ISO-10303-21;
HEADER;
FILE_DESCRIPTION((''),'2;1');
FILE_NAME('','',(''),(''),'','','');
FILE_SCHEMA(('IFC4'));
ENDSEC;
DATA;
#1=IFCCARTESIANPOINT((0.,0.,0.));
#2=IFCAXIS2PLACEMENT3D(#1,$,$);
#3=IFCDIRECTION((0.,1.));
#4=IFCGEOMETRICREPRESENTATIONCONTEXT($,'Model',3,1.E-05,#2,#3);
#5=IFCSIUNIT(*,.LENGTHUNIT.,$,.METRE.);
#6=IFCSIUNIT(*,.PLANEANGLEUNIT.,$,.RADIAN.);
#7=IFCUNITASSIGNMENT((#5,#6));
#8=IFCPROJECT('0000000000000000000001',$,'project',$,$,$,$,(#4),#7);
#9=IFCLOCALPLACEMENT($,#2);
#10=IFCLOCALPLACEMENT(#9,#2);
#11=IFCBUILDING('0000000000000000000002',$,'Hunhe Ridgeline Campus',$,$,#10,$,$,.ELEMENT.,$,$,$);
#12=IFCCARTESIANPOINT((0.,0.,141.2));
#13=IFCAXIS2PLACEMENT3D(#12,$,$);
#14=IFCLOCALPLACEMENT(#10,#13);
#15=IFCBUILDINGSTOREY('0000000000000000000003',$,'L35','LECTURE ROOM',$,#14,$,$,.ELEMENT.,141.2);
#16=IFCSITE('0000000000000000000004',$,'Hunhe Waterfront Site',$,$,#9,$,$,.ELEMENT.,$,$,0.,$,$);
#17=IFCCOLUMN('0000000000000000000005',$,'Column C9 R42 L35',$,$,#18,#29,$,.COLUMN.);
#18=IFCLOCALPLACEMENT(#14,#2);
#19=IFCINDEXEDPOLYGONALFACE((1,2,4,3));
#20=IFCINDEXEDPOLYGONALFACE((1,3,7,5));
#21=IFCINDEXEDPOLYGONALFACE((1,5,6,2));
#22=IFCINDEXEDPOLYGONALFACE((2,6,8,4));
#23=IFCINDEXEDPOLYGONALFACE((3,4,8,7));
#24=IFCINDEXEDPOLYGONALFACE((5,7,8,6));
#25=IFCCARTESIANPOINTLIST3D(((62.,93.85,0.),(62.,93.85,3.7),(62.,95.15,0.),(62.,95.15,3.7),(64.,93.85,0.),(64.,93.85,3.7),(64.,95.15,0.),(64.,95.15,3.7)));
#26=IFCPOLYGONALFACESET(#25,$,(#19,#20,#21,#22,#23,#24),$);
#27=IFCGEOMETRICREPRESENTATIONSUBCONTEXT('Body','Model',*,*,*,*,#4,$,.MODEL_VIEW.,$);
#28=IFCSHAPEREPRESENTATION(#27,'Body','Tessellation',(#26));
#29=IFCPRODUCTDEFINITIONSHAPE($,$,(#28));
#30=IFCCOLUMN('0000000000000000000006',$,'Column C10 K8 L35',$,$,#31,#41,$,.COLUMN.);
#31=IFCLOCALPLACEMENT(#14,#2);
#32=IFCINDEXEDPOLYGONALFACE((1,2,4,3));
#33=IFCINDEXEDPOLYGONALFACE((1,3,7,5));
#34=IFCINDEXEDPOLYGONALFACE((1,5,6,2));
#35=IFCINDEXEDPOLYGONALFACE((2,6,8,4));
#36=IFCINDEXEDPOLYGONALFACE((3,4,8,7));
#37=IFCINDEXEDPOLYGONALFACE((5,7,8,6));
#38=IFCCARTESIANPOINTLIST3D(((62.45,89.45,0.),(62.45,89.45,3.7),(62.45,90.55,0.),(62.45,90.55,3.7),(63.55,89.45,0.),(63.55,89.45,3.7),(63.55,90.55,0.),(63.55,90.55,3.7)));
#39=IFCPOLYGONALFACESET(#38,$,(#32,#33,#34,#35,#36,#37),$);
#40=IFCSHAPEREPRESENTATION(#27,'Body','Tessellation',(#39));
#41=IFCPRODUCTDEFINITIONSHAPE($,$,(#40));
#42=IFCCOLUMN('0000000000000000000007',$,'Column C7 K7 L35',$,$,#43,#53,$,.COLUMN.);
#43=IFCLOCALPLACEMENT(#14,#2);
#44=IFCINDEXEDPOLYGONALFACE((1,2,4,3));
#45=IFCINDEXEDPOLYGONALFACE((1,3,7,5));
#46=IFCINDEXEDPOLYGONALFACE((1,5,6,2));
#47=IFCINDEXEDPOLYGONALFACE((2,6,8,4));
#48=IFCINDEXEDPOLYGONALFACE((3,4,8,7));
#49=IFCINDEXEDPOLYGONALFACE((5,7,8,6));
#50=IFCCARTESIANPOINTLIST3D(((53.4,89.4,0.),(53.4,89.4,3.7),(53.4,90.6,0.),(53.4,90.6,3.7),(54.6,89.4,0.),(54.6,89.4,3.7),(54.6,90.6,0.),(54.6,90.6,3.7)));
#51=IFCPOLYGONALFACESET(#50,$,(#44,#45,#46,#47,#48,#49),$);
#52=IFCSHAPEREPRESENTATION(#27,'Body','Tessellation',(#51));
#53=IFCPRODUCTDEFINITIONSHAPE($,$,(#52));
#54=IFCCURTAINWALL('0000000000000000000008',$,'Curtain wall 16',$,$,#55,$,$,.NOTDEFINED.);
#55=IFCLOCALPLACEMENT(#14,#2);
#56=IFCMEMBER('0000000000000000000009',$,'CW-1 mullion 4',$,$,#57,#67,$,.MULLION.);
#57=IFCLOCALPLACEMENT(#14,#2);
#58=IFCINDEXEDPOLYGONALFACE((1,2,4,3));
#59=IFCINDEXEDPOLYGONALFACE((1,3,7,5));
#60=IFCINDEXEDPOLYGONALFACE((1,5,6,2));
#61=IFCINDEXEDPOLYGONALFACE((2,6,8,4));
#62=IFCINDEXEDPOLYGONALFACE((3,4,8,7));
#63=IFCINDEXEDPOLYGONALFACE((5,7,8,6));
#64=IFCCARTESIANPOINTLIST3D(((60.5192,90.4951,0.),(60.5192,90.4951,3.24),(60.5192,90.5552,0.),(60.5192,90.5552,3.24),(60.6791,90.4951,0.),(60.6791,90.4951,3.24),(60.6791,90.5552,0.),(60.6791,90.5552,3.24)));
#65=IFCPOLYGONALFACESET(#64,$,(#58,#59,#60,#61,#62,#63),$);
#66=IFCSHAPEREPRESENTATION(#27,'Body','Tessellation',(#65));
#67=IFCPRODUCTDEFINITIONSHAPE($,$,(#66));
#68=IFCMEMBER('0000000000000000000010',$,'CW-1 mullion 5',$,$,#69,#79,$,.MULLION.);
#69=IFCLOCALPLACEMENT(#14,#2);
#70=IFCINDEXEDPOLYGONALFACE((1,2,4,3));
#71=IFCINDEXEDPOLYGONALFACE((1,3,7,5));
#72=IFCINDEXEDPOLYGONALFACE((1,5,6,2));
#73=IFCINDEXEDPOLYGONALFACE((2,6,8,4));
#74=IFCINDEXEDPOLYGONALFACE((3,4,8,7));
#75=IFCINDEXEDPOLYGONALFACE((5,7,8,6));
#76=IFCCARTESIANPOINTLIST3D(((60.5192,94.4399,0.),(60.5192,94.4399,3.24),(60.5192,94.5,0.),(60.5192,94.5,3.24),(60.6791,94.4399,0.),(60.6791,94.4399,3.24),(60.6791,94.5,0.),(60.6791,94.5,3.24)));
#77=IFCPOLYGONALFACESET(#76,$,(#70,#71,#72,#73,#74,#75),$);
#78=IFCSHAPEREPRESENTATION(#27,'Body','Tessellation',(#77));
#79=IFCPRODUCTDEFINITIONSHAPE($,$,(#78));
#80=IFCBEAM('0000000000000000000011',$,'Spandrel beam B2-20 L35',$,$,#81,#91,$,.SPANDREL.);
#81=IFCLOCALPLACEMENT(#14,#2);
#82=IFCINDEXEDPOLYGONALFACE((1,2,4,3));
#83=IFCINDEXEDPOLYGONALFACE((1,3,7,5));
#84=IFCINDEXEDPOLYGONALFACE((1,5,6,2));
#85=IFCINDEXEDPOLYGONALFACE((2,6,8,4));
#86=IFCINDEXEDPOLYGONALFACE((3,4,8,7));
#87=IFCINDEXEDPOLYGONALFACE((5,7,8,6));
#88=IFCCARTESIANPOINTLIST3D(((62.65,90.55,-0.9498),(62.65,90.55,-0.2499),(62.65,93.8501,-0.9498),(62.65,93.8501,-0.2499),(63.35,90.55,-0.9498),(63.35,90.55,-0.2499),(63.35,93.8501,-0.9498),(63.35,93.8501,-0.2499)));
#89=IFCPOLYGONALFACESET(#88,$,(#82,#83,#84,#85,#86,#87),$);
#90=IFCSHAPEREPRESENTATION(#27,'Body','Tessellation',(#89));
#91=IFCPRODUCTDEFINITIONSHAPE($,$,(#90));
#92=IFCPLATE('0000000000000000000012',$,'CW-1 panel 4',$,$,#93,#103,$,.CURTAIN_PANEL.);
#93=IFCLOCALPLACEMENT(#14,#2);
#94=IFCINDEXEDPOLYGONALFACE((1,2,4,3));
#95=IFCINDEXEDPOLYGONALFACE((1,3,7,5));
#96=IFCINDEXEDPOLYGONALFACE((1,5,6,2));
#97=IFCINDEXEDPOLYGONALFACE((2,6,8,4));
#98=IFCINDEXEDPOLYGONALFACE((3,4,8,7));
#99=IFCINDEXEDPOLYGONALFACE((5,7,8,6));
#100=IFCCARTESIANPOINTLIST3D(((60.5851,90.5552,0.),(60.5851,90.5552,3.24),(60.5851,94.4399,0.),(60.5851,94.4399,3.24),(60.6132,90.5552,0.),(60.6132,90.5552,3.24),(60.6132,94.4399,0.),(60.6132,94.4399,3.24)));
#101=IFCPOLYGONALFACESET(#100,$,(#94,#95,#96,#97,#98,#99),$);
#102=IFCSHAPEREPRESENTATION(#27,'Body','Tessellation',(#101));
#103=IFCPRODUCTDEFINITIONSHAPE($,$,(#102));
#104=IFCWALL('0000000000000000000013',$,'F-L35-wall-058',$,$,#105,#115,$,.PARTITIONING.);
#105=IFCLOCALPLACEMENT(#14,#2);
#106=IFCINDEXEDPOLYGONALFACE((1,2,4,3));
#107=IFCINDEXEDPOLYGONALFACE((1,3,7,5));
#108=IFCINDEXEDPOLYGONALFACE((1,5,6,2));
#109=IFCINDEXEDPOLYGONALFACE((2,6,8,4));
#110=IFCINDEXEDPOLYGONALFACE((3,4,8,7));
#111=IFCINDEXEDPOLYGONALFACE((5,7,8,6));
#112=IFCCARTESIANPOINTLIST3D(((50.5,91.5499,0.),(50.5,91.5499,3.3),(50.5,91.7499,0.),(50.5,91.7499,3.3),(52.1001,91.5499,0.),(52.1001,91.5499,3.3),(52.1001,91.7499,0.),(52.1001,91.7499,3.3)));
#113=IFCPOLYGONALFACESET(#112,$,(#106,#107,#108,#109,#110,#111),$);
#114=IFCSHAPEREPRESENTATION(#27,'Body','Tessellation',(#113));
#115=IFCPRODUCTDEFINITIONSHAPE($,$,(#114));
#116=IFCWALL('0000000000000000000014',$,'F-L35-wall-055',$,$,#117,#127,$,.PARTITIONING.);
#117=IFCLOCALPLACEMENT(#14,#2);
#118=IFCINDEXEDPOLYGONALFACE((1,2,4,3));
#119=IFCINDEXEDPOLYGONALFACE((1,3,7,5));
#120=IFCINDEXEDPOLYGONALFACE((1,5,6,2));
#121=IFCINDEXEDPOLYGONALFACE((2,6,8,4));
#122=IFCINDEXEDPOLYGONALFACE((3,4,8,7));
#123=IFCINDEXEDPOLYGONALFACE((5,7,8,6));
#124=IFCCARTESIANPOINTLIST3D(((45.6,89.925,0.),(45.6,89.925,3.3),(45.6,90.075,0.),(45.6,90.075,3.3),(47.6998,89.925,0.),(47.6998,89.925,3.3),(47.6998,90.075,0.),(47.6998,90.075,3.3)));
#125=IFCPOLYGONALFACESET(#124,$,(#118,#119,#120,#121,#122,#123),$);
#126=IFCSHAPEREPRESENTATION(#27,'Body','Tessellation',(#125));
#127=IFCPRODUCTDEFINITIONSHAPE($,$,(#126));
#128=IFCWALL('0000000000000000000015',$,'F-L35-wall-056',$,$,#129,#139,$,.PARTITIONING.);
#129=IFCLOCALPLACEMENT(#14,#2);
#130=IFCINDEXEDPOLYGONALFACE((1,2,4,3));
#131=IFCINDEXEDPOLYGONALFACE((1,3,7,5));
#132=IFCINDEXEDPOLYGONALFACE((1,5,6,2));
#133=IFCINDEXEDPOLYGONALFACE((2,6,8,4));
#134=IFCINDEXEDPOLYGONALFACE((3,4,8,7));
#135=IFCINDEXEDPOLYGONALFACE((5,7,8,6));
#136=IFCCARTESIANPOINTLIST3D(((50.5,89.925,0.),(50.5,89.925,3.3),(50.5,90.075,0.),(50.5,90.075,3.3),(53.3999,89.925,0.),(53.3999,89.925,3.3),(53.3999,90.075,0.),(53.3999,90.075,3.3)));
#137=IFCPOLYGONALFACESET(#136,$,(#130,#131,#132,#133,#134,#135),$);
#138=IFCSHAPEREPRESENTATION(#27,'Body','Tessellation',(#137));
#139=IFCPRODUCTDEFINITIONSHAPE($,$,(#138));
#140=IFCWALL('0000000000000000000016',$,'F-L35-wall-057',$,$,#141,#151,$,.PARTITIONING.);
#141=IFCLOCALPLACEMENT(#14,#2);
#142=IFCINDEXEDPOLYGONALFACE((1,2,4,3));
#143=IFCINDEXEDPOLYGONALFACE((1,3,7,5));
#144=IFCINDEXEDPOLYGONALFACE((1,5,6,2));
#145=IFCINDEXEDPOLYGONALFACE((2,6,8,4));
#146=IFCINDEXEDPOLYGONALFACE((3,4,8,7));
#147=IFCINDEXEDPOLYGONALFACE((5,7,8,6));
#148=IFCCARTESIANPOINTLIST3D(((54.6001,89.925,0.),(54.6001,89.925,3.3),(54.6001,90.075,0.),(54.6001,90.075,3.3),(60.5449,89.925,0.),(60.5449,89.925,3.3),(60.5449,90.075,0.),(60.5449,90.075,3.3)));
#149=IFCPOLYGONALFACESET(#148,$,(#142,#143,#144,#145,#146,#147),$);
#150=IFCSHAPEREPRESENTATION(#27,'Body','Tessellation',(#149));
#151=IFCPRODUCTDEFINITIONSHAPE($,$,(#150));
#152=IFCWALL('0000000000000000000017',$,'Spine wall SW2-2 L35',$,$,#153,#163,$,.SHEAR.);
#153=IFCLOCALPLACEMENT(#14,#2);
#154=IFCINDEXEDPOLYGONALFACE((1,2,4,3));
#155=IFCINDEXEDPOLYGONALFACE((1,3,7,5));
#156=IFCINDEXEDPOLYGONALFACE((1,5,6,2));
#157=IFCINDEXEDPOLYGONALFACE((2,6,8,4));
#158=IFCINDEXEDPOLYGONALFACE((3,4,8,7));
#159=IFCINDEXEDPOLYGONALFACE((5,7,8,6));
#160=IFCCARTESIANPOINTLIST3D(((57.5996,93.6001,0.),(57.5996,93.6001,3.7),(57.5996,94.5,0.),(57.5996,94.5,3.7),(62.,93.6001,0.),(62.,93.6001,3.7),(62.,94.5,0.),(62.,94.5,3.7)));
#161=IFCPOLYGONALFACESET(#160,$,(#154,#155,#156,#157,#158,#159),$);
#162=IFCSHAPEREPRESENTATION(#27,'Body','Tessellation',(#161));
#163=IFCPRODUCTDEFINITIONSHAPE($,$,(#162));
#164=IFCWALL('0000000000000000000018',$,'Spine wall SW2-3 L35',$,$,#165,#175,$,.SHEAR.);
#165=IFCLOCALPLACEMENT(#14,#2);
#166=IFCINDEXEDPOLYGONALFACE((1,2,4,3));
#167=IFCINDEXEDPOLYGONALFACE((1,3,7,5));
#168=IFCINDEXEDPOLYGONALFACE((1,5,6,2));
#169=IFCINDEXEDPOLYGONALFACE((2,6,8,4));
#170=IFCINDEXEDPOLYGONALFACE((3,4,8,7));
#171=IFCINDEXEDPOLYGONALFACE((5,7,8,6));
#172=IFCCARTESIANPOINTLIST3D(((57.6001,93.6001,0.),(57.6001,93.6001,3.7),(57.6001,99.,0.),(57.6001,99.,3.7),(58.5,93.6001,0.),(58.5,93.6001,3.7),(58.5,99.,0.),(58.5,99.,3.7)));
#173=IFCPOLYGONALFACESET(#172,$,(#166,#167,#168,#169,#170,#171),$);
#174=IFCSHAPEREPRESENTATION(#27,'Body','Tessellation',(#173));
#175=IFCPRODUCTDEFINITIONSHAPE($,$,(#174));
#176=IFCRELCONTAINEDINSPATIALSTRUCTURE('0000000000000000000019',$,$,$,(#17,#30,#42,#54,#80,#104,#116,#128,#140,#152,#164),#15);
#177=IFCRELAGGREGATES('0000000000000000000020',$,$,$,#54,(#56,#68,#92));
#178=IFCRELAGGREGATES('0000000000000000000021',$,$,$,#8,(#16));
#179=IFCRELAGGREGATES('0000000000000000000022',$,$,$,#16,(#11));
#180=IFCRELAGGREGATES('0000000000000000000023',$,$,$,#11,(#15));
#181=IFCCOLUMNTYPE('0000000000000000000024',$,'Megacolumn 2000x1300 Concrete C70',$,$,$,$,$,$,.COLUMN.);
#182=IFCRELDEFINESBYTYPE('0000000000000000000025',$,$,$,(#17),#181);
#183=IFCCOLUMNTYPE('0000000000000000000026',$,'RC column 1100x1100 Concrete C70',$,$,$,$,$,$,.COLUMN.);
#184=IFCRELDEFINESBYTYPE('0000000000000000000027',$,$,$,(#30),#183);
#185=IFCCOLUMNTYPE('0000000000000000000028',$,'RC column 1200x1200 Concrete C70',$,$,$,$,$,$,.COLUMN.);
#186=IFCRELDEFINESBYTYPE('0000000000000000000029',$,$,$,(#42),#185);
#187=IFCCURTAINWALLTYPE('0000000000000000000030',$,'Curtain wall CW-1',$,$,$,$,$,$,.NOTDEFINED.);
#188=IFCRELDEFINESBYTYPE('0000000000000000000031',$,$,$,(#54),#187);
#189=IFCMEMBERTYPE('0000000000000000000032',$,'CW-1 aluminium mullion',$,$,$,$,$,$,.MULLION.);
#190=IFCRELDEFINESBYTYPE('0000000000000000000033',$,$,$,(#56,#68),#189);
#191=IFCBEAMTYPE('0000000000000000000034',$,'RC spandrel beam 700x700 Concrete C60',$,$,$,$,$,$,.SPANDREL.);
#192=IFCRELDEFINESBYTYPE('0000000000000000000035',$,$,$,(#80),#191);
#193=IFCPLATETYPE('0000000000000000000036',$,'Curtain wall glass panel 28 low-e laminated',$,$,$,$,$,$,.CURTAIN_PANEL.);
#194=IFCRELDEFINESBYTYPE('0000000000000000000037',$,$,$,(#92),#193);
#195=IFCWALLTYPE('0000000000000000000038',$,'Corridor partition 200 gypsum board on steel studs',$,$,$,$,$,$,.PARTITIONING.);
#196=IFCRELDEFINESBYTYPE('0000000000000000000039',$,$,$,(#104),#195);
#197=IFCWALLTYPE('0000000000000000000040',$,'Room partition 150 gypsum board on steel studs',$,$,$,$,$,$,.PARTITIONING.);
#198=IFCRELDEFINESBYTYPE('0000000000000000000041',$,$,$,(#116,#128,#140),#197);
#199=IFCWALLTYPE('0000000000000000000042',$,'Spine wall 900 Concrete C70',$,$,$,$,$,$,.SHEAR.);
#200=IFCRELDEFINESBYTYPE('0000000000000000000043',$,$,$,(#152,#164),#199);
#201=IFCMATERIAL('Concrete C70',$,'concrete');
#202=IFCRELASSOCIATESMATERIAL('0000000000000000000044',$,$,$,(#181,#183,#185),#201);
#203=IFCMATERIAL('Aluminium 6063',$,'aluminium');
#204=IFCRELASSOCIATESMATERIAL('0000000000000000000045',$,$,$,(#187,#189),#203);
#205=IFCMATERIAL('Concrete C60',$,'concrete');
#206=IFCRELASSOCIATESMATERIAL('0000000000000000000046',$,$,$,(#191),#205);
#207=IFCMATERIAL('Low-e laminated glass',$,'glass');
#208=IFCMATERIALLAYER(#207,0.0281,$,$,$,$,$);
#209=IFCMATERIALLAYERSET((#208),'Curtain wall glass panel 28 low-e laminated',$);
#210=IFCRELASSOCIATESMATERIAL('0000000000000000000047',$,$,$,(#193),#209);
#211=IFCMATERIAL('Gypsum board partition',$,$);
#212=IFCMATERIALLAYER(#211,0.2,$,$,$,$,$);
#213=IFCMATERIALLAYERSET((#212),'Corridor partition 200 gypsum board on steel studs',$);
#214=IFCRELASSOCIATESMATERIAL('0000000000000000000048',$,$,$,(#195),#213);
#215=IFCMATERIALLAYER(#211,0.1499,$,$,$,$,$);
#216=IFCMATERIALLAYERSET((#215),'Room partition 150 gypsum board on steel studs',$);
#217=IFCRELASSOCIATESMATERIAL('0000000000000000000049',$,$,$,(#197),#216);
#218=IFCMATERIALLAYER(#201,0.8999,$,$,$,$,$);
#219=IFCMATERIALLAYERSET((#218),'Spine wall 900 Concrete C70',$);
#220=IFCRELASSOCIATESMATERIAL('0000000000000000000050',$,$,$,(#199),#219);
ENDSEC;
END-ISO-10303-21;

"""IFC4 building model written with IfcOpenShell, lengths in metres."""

from ifc_helpers import new_model, si_unit, direction, frame, frame_2d, origin, origin_2d, place, context, subcontext, project, spatial, rectangle, extrude, material, layer, layer_set, material_profile, profile_set, type_object, element, aggregate, save


model = new_model("IFC4")

# Units and contexts
model_context = context("Model", 3, precision=1e-05, world=origin(), true_north=direction((0.0, 1.0)))
body_context = subcontext(model_context, "Body", "Model", "MODEL_VIEW")
ifc_project = project(units=[si_unit("LENGTHUNIT", "METRE"), si_unit("PLANEANGLEUNIT", "RADIAN")], contexts=[model_context])

# Site, building, storey
site_placement = place(None, origin())
site = spatial("IfcSite", under=ifc_project, at=site_placement, Name="Hunhe Waterfront Site", CompositionType="ELEMENT", RefElevation=0.0)
building_placement = place(site_placement, origin())
building = spatial("IfcBuilding", under=site, at=building_placement, Name="Hunhe Ridgeline Campus", CompositionType="ELEMENT")
storey_placement = place(building_placement, frame((0.0, 0.0, 141.2)))
storey = spatial("IfcBuildingStorey", under=building, at=storey_placement, Name="L35", Description="LECTURE ROOM", CompositionType="ELEMENT", Elevation=141.2)

# Columns
ifc_material_1 = material(Name="Concrete C70", Category="concrete")
ifc_material_profile_1 = material_profile(ifc_material_1, rectangle(XDim=2.0, YDim=1.3, at=origin_2d()))
ifc_profile_set_1 = profile_set([ifc_material_profile_1], Name="Concrete C70")
column_type_1 = type_object("IfcColumnType", Name="Megacolumn 2000x1300 Concrete C70", PredefinedType="COLUMN", material=ifc_profile_set_1)
column_1_placement = place(storey_placement, frame((63.0, 94.5, 0.0), z_axis=(0.0, 0.0, 1.0), x_axis=(1.0, 0.0, 0.0)))
element("IfcColumn", 1, at=column_1_placement, inside=storey, type_object=column_type_1, Name="Column C9 R42 L35", PredefinedType="COLUMN", context=body_context, shape_type="SweptSolid", body=[
    extrude(rectangle(XDim=2.0, YDim=1.3, at=origin_2d()), origin(), (0.0, 0.0, 1.0), 3.7),
])
ifc_material_profile_2 = material_profile(ifc_material_1, rectangle(XDim=1.1001, YDim=1.1001, at=origin_2d()))
ifc_profile_set_2 = profile_set([ifc_material_profile_2], Name="Concrete C70")
column_type_2 = type_object("IfcColumnType", Name="RC column 1100x1100 Concrete C70", PredefinedType="COLUMN", material=ifc_profile_set_2)
column_2_placement = place(storey_placement, frame((63.0, 90.0, 0.0), z_axis=(0.0, 0.0, 1.0), x_axis=(1.0, 0.0, 0.0)))
element("IfcColumn", 2, at=column_2_placement, inside=storey, type_object=column_type_2, Name="Column C10 K8 L35", PredefinedType="COLUMN", context=body_context, shape_type="SweptSolid", body=[
    extrude(rectangle(XDim=1.1001, YDim=1.1001, at=origin_2d()), origin(), (0.0, 0.0, 1.0), 3.7),
])
ifc_material_profile_3 = material_profile(ifc_material_1, rectangle(XDim=1.2, YDim=1.2, at=origin_2d()))
ifc_profile_set_3 = profile_set([ifc_material_profile_3], Name="Concrete C70")
column_type_3 = type_object("IfcColumnType", Name="RC column 1200x1200 Concrete C70", PredefinedType="COLUMN", material=ifc_profile_set_3)
column_3_placement = place(storey_placement, frame((54.0, 90.0, 0.0), z_axis=(0.0, 0.0, 1.0), x_axis=(1.0, 0.0, 0.0)))
element("IfcColumn", 3, at=column_3_placement, inside=storey, type_object=column_type_3, Name="Column C7 K7 L35", PredefinedType="COLUMN", context=body_context, shape_type="SweptSolid", body=[
    extrude(rectangle(XDim=1.2, YDim=1.2, at=origin_2d()), origin(), (0.0, 0.0, 1.0), 3.7),
])

# Curtain wall, members
ifc_material_2 = material(Name="Aluminium 6063", Category="aluminium")
curtain_wall_type = type_object("IfcCurtainWallType", Name="Curtain wall CW-1", PredefinedType="NOTDEFINED", material=ifc_material_2)
curtain_wall_placement = place(storey_placement, origin())
curtain_wall = element("IfcCurtainWall", 4, at=curtain_wall_placement, inside=storey, type_object=curtain_wall_type, Name="Curtain wall 16", PredefinedType="NOTDEFINED")
ifc_material_profile_4 = material_profile(ifc_material_2, rectangle(XDim=0.1599, YDim=0.0601, at=origin_2d()))
ifc_profile_set_4 = profile_set([ifc_material_profile_4], Name="Aluminium 6063")
member_type = type_object("IfcMemberType", Name="CW-1 aluminium mullion", PredefinedType="MULLION", material=ifc_profile_set_4)
member_1_placement = place(storey_placement, frame((60.5991, 90.5251, 0.0), z_axis=(0.0, 0.0, 1.0), x_axis=(-1.0, 0.0, 0.0)))
member_1 = element("IfcMember", 5, at=member_1_placement, type_object=member_type, Name="CW-1 mullion 4", PredefinedType="MULLION", context=body_context, shape_type="SweptSolid", body=[
    extrude(rectangle(XDim=0.1599, YDim=0.0601, at=origin_2d()), origin(), (0.0, 0.0, 1.0), 3.24),
])
member_2_placement = place(storey_placement, frame((60.5991, 94.47, 0.0), z_axis=(0.0, 0.0, 1.0), x_axis=(-1.0, 0.0, 0.0)))
member_2 = element("IfcMember", 6, at=member_2_placement, type_object=member_type, Name="CW-1 mullion 5", PredefinedType="MULLION", context=body_context, shape_type="SweptSolid", body=[
    extrude(rectangle(XDim=0.1599, YDim=0.0601, at=origin_2d()), origin(), (0.0, 0.0, 1.0), 3.24),
])

# Beam
ifc_material_3 = material(Name="Concrete C60", Category="concrete")
ifc_material_profile_5 = material_profile(ifc_material_3, rectangle(XDim=0.7, YDim=0.7, at=origin_2d()))
ifc_profile_set_5 = profile_set([ifc_material_profile_5], Name="Concrete C60")
beam_type = type_object("IfcBeamType", Name="RC spandrel beam 700x700 Concrete C60", PredefinedType="SPANDREL", material=ifc_profile_set_5)
beam_placement = place(storey_placement, frame((63.0, 90.55, -0.5999), z_axis=(0.0, 1.0, 0.0), x_axis=(-1.0, 0.0, 0.0)))
element("IfcBeam", 7, at=beam_placement, inside=storey, type_object=beam_type, Name="Spandrel beam B2-20 L35", PredefinedType="SPANDREL", context=body_context, shape_type="SweptSolid", body=[
    extrude(rectangle(XDim=0.7, YDim=0.7, at=origin_2d()), origin(), (0.0, 0.0, 1.0), 3.3),
])

# Plate
ifc_material_4 = material(Name="Low-e laminated glass", Category="glass")
ifc_layer_1 = layer(ifc_material_4, 0.0281)
ifc_layer_set_1 = layer_set([ifc_layer_1], Name="Curtain wall glass panel 28 low-e laminated")
plate_type = type_object("IfcPlateType", Name="Curtain wall glass panel 28 low-e laminated", PredefinedType="CURTAIN_PANEL", material=ifc_layer_set_1)
plate_placement = place(storey_placement, frame((60.5991, 92.4976, 0.0), z_axis=(0.0, 0.0, 1.0), x_axis=(0.0, 1.0, 0.0)))
plate = element("IfcPlate", 8, at=plate_placement, type_object=plate_type, Name="CW-1 panel 4", PredefinedType="CURTAIN_PANEL", context=body_context, shape_type="SweptSolid", body=[
    extrude(rectangle(XDim=3.8848, YDim=0.0281, at=origin_2d()), origin(), (0.0, 0.0, 1.0), 3.24),
])
aggregate(curtain_wall, [member_1, member_2, plate])

# Wall
ifc_material_5 = material(Name="Gypsum board partition")
ifc_layer_2 = layer(ifc_material_5, 0.2)
ifc_layer_set_2 = layer_set([ifc_layer_2], Name="Corridor partition 200 gypsum board on steel studs")
wall_type_1 = type_object("IfcWallType", Name="Corridor partition 200 gypsum board on steel studs", PredefinedType="PARTITIONING", material=ifc_layer_set_2)
wall_1_placement = place(storey_placement, frame((52.1001, 91.6499, 0.0), z_axis=(0.0, 0.0, 1.0), x_axis=(-1.0, 0.0, 0.0)))
element("IfcWall", 9, at=wall_1_placement, inside=storey, type_object=wall_type_1, Name="F-L35-wall-058", PredefinedType="PARTITIONING", context=body_context, shape_type="SweptSolid", body=[
    extrude(rectangle(XDim=1.6001, YDim=0.2, at=frame_2d((0.8, 0.0))), origin(), (0.0, 0.0, 1.0), 3.3),
])

# Walls
ifc_layer_3 = layer(ifc_material_5, 0.1499)
ifc_layer_set_3 = layer_set([ifc_layer_3], Name="Room partition 150 gypsum board on steel studs")
wall_type_2 = type_object("IfcWallType", Name="Room partition 150 gypsum board on steel studs", PredefinedType="PARTITIONING", material=ifc_layer_set_3)
wall_2_placement = place(storey_placement, frame((45.6001, 90.0, 0.0), z_axis=(0.0, 0.0, 1.0), x_axis=(1.0, 0.0, 0.0)))
element("IfcWall", 10, at=wall_2_placement, inside=storey, type_object=wall_type_2, Name="F-L35-wall-055", PredefinedType="PARTITIONING", context=body_context, shape_type="SweptSolid", body=[
    extrude(rectangle(XDim=2.0999, YDim=0.1499, at=frame_2d((1.0498, 0.0))), origin(), (0.0, 0.0, 1.0), 3.3),
])
wall_3_placement = place(storey_placement, frame((50.5, 90.0, 0.0), z_axis=(0.0, 0.0, 1.0), x_axis=(1.0, 0.0, 0.0)))
element("IfcWall", 11, at=wall_3_placement, inside=storey, type_object=wall_type_2, Name="F-L35-wall-056", PredefinedType="PARTITIONING", context=body_context, shape_type="SweptSolid", body=[
    extrude(rectangle(XDim=2.8999, YDim=0.1499, at=frame_2d((1.45, 0.0))), origin(), (0.0, 0.0, 1.0), 3.3),
])
wall_4_placement = place(storey_placement, frame((54.6001, 90.0, 0.0), z_axis=(0.0, 0.0, 1.0), x_axis=(1.0, 0.0, 0.0)))
element("IfcWall", 12, at=wall_4_placement, inside=storey, type_object=wall_type_2, Name="F-L35-wall-057", PredefinedType="PARTITIONING", context=body_context, shape_type="SweptSolid", body=[
    extrude(rectangle(XDim=5.9448, YDim=0.1499, at=frame_2d((2.9724, 0.0))), origin(), (0.0, 0.0, 1.0), 3.3),
])
ifc_layer_4 = layer(ifc_material_1, 0.8999)
ifc_layer_set_4 = layer_set([ifc_layer_4], Name="Spine wall 900 Concrete C70")
wall_type_3 = type_object("IfcWallType", Name="Spine wall 900 Concrete C70", PredefinedType="SHEAR", material=ifc_layer_set_4)
wall_5_placement = place(storey_placement, frame((62.0, 94.05, 0.0), z_axis=(0.0, 0.0, 1.0), x_axis=(-1.0, 0.0, 0.0)))
element("IfcWall", 13, at=wall_5_placement, inside=storey, type_object=wall_type_3, Name="Spine wall SW2-2 L35", PredefinedType="SHEAR", context=body_context, shape_type="SweptSolid", body=[
    extrude(rectangle(XDim=4.4004, YDim=0.8999, at=frame_2d((2.2002, 0.0))), origin(), (0.0, 0.0, 1.0), 3.7),
])
wall_6_placement = place(storey_placement, frame((58.05, 93.6001, 0.0), z_axis=(0.0, 0.0, 1.0), x_axis=(0.0, 1.0, 0.0)))
element("IfcWall", 14, at=wall_6_placement, inside=storey, type_object=wall_type_3, Name="Spine wall SW2-3 L35", PredefinedType="SHEAR", context=body_context, shape_type="SweptSolid", body=[
    extrude(rectangle(XDim=5.3999, YDim=0.8999, at=frame_2d((2.7, 0.0))), origin(), (0.0, 0.0, 1.0), 3.7),
])

save(model, "model.ifc")
